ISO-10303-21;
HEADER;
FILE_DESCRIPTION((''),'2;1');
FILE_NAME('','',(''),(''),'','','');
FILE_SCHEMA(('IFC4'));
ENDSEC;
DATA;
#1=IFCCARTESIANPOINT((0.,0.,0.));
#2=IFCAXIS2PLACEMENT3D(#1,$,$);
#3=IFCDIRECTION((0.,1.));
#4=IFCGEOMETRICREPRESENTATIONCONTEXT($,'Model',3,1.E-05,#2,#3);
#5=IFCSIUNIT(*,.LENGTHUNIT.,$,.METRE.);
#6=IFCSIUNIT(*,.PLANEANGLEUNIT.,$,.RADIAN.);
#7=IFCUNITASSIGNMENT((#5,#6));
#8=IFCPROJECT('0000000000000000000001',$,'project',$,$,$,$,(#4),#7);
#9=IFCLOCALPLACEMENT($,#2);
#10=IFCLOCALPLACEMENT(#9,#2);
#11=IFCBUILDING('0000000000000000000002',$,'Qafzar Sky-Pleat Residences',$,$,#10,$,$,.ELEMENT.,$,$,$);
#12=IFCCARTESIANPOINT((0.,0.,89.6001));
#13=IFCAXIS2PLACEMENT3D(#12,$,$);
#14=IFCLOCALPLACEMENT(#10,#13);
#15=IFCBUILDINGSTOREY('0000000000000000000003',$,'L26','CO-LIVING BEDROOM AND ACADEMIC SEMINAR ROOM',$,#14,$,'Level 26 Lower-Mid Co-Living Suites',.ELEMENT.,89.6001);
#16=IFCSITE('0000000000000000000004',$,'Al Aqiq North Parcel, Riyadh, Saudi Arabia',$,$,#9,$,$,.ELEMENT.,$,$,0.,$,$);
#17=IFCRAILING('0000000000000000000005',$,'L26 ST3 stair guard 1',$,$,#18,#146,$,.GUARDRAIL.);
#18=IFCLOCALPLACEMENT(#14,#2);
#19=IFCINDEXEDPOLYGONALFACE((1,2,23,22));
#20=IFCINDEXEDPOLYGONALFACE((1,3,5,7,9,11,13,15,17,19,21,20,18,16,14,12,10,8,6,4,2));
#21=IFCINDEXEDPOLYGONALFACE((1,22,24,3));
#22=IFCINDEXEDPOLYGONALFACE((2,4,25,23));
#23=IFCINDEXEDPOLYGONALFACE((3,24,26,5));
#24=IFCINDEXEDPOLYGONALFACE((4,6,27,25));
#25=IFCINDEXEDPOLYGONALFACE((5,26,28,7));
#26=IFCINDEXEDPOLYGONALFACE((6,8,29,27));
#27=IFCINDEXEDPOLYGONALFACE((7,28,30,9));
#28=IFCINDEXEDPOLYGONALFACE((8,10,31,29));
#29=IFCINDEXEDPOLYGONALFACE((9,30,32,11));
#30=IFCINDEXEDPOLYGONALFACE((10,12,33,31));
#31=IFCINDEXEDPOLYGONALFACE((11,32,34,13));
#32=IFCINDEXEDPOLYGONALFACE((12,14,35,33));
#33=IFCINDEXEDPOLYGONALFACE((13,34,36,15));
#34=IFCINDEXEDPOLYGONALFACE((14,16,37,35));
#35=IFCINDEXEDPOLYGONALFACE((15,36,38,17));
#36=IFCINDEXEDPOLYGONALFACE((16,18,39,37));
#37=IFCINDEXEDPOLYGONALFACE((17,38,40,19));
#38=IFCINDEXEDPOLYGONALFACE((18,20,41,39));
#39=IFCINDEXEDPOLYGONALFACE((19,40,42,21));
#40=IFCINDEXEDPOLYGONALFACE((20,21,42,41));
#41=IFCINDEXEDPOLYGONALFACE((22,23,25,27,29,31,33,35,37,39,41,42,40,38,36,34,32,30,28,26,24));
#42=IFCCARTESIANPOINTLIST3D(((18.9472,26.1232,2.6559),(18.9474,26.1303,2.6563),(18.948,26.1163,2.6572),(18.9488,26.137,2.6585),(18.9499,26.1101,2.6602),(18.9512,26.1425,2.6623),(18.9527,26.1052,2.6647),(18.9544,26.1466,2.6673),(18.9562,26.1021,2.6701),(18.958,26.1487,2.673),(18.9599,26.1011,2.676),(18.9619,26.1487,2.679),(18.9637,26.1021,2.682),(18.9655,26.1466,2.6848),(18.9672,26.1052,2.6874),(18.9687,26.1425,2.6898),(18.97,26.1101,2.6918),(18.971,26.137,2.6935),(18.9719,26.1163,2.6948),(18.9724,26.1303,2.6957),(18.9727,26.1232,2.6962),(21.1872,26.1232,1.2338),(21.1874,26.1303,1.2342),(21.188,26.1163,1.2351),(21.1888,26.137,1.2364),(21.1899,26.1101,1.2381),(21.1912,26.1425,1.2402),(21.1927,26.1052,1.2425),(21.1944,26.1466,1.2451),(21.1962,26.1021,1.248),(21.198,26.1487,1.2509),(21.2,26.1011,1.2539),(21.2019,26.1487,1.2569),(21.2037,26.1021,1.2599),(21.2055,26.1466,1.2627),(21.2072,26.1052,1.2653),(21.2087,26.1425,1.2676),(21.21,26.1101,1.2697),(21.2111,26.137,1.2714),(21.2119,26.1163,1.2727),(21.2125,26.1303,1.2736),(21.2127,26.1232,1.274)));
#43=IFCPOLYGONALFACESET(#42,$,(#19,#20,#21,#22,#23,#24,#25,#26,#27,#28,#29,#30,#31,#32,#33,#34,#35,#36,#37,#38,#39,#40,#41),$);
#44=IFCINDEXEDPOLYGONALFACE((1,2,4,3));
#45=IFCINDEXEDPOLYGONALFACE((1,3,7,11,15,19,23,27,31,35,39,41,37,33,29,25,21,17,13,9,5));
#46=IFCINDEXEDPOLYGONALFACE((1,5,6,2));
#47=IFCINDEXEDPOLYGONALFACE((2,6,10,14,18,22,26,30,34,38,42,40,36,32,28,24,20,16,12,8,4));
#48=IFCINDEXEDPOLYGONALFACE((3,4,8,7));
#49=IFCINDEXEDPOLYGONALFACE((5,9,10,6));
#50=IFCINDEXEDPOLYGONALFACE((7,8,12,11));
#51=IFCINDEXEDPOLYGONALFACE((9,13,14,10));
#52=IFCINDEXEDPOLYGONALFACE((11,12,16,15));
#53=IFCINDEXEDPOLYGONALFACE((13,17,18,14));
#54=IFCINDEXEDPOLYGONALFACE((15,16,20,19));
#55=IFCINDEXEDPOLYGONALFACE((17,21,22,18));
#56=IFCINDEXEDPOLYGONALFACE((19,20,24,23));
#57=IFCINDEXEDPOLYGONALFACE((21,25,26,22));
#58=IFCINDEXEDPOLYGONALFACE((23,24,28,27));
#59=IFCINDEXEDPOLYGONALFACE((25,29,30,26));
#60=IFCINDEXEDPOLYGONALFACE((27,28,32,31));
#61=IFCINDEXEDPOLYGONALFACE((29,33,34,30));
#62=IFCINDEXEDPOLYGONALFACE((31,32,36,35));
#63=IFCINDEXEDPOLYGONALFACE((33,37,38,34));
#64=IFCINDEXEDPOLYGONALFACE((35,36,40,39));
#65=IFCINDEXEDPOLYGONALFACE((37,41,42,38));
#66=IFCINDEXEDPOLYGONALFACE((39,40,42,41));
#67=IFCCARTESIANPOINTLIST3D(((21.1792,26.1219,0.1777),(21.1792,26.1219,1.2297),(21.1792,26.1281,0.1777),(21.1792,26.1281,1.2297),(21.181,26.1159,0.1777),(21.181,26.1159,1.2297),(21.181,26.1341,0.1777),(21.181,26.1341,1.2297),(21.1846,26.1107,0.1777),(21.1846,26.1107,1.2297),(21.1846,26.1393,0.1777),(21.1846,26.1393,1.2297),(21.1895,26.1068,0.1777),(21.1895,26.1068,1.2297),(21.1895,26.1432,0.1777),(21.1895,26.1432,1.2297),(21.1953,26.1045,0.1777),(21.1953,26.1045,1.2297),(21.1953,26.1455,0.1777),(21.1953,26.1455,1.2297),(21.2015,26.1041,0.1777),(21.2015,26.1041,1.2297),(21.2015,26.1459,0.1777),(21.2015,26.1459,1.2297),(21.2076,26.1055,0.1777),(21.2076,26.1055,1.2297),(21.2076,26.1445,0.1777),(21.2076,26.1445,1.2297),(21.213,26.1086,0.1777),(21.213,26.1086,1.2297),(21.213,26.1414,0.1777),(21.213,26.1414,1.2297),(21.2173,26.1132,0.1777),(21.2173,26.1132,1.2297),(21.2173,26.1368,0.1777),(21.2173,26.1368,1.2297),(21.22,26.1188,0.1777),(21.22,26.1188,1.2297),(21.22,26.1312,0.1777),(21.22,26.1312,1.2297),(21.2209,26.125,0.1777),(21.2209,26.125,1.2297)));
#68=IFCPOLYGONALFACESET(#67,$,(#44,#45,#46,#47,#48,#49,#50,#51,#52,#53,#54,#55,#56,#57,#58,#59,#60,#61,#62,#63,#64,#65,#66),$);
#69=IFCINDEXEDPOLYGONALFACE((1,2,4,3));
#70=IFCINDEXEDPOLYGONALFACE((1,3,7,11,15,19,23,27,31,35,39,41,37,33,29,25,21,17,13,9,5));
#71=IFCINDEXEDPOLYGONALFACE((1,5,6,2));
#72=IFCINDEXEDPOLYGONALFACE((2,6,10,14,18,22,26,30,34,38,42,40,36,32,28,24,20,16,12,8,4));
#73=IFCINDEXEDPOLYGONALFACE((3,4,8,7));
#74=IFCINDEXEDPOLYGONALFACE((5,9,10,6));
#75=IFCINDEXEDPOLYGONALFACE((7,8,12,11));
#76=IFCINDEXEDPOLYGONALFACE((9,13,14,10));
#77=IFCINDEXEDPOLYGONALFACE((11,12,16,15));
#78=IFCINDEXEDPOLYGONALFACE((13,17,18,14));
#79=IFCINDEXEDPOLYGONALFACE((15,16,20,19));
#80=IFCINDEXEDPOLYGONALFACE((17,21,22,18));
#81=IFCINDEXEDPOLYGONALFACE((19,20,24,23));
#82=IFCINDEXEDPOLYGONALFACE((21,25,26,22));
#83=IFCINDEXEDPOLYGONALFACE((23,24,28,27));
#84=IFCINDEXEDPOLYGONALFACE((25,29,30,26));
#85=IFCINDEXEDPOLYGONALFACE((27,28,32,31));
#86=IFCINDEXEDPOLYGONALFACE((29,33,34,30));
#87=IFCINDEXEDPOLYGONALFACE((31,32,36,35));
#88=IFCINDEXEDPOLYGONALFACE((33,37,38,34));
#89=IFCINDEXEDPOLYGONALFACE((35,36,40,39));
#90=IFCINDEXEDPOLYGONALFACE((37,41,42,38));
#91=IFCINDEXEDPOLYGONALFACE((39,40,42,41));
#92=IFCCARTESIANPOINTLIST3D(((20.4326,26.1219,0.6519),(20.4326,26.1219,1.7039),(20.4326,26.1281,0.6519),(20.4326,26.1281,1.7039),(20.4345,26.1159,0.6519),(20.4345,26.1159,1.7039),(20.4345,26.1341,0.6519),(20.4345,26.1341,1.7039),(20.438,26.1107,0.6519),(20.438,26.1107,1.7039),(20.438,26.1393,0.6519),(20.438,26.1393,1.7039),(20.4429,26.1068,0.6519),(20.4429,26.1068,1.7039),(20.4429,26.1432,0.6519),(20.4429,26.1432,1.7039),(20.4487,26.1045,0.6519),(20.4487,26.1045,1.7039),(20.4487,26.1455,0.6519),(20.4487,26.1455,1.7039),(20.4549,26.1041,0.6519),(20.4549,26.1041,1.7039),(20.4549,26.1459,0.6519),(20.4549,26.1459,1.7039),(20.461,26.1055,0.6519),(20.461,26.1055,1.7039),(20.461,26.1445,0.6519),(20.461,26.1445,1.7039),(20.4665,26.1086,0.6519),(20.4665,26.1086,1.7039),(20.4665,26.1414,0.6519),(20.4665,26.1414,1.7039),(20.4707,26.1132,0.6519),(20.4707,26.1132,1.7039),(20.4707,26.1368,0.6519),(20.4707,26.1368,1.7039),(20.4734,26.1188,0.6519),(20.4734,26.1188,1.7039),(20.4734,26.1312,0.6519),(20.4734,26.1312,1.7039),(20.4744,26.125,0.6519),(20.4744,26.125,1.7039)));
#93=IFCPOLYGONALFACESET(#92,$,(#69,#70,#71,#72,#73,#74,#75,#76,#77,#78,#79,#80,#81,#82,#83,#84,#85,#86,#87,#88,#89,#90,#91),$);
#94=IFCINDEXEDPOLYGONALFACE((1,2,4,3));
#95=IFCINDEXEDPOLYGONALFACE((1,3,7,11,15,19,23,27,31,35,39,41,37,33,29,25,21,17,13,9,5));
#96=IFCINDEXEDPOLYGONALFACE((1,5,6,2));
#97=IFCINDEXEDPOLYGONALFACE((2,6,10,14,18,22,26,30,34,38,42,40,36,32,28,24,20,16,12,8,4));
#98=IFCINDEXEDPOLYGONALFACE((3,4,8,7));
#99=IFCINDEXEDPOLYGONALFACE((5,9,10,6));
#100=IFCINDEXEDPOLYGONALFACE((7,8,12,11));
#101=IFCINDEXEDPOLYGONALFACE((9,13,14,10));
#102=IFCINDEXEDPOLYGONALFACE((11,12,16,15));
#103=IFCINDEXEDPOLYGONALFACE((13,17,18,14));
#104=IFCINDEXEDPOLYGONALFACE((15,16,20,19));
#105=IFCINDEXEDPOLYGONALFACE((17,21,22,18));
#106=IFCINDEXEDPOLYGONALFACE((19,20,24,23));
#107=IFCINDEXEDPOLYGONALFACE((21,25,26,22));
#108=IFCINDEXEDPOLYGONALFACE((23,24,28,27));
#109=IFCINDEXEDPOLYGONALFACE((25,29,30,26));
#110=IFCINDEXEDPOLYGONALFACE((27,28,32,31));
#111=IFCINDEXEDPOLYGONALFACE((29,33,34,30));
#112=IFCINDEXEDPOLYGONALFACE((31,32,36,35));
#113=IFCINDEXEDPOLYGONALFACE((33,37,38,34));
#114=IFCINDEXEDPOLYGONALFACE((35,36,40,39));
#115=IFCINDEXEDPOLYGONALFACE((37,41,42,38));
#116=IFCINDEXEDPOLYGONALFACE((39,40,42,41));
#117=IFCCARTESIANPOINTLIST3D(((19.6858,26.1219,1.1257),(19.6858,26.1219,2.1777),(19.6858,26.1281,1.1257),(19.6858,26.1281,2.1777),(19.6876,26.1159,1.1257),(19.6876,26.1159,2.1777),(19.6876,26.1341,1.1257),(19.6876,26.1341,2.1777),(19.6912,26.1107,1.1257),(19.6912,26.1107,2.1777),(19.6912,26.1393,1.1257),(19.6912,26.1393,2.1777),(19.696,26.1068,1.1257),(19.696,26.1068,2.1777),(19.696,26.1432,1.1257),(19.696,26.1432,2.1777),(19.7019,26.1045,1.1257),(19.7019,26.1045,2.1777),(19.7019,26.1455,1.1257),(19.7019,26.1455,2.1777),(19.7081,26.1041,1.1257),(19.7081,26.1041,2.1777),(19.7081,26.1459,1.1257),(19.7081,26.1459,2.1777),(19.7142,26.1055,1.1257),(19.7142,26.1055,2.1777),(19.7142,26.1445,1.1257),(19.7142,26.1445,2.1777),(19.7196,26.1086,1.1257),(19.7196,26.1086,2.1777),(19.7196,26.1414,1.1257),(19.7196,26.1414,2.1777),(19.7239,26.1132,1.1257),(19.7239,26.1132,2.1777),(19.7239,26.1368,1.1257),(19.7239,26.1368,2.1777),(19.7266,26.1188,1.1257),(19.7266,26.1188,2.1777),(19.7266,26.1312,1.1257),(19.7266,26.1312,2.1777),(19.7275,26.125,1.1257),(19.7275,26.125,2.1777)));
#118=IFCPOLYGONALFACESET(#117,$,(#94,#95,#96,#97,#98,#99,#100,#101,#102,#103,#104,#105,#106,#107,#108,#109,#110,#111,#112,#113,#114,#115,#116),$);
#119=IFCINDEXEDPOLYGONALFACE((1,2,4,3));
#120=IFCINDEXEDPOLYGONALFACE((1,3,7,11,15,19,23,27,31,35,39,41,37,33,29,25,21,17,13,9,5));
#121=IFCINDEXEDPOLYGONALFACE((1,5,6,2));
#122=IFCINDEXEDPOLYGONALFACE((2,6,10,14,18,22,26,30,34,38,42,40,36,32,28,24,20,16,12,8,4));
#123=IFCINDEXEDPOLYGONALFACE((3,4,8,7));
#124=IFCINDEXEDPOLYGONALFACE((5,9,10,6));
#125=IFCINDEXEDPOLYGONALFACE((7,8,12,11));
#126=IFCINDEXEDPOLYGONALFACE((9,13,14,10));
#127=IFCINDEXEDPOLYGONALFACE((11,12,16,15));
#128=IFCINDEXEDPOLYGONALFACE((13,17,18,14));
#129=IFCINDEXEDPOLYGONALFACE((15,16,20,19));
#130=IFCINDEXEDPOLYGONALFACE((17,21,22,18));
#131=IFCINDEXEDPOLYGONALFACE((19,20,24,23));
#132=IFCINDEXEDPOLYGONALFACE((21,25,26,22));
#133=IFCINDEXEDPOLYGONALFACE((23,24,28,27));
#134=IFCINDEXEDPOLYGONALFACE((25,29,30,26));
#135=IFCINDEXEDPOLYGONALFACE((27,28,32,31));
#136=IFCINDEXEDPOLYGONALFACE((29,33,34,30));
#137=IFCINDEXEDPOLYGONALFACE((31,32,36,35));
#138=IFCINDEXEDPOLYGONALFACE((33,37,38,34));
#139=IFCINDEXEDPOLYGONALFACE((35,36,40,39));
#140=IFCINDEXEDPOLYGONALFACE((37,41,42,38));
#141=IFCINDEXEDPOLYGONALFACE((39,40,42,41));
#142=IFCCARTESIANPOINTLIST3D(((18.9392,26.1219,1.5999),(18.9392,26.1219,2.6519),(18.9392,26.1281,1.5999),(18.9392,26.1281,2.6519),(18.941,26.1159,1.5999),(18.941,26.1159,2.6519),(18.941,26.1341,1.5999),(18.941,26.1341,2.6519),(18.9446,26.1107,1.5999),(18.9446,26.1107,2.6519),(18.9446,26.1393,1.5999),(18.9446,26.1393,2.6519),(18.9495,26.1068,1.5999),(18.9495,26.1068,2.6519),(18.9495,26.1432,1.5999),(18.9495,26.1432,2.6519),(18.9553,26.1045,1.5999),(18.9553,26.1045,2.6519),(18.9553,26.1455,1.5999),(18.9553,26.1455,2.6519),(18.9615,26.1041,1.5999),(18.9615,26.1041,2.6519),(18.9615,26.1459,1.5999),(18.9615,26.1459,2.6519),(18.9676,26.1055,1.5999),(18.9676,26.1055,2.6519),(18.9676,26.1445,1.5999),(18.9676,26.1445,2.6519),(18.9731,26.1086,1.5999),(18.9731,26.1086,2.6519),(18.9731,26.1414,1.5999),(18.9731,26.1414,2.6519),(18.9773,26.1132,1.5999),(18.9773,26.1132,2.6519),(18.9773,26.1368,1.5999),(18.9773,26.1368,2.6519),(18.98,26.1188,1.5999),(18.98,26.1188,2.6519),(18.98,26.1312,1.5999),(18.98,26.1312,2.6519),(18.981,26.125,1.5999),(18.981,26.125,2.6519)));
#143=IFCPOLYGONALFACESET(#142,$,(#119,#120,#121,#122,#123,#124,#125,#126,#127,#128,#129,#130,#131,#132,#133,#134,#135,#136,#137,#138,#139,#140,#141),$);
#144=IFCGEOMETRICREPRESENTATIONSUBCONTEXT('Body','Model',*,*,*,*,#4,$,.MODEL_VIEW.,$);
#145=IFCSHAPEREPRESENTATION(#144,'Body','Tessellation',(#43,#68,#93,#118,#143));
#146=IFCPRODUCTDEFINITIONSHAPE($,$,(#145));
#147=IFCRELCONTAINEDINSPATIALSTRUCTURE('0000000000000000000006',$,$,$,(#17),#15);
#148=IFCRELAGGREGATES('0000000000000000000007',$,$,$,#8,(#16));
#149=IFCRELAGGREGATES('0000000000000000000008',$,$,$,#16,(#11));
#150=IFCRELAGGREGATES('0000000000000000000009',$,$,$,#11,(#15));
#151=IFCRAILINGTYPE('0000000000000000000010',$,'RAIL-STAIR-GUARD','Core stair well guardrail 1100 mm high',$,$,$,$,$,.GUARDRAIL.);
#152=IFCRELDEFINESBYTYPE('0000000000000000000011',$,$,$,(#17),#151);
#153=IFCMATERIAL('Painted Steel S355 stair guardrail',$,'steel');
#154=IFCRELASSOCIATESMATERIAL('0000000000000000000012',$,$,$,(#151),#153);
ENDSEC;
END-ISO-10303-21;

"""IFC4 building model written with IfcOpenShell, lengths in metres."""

from ifc_helpers import new_model, si_unit, direction, frame, origin, origin_2d, place, context, subcontext, project, spatial, circle, extrude, source, transform, mapped, material, type_object, element, save


model = new_model("IFC4")

# Units and contexts
model_context = context("Model", 3, precision=1e-05, world=origin(), true_north=direction((0.0, 1.0)))
body_context = subcontext(model_context, "Body", "Model", "MODEL_VIEW")
ifc_project = project(units=[si_unit("LENGTHUNIT", "METRE"), si_unit("PLANEANGLEUNIT", "RADIAN")], contexts=[model_context])

# Site, building, storey
site_placement = place(None, origin())
site = spatial("IfcSite", under=ifc_project, at=site_placement, Name="Al Aqiq North Parcel, Riyadh, Saudi Arabia", CompositionType="ELEMENT", RefElevation=0.0)
building_placement = place(site_placement, origin())
building = spatial("IfcBuilding", under=site, at=building_placement, Name="Qafzar Sky-Pleat Residences", CompositionType="ELEMENT")
storey_placement = place(building_placement, frame((0.0, 0.0, 89.6001)))
storey = spatial("IfcBuildingStorey", under=building, at=storey_placement, Name="L26", Description="CO-LIVING BEDROOM AND ACADEMIC SEMINAR ROOM", LongName="Level 26 Lower-Mid Co-Living Suites", CompositionType="ELEMENT", Elevation=89.6001)

# Railing
ifc_material_1 = material(Name="Painted Steel S355 stair guardrail", Category="steel")
railing_type_1 = type_object("IfcRailingType", Name="RAIL-STAIR-GUARD", Description="Core stair well guardrail 1100 mm high", PredefinedType="GUARDRAIL", material=ifc_material_1)
shared_shape_1 = source(origin(), body_context, "Body", "SweptSolid", [
    extrude(circle(Radius=0.0239, at=origin_2d()), frame((0.0, 0.0, 1.0762), z_axis=(-0.844229, 0.0, 0.535982), x_axis=(0.0, -1.0, 0.0)), (0.0, 0.0, 1.0), 2.6533),
    extrude(circle(Radius=0.021, at=origin_2d()), origin(), (0.0, 0.0, 1.0), 1.052),
    extrude(circle(Radius=0.021, at=origin_2d()), frame((-0.7466, 0.0, 0.4741)), (0.0, 0.0, 1.0), 1.052),
    extrude(circle(Radius=0.021, at=origin_2d()), frame((-1.4934, 0.0, 0.948)), (0.0, 0.0, 1.0), 1.052),
    extrude(circle(Radius=0.021, at=origin_2d()), frame((-2.24, 0.0, 1.4221)), (0.0, 0.0, 1.0), 1.052),
])
railing_1_placement = place(storey_placement, frame((21.2, 26.125, 0.1777)))
element("IfcRailing", 1, at=railing_1_placement, inside=storey, type_object=railing_type_1, Name="L26 ST3 stair guard 1", PredefinedType="GUARDRAIL", context=body_context, shape_type="MappedRepresentation", body=[
    mapped(shared_shape_1, transform((0.0, 0.0, 0.0), x_axis=(1.0, 0.0, 0.0), y_axis=(0.0, 1.0, 0.0), z_axis=(0.0, 0.0, 1.0), scale=1.0)),
])

save(model, "model.ifc")
